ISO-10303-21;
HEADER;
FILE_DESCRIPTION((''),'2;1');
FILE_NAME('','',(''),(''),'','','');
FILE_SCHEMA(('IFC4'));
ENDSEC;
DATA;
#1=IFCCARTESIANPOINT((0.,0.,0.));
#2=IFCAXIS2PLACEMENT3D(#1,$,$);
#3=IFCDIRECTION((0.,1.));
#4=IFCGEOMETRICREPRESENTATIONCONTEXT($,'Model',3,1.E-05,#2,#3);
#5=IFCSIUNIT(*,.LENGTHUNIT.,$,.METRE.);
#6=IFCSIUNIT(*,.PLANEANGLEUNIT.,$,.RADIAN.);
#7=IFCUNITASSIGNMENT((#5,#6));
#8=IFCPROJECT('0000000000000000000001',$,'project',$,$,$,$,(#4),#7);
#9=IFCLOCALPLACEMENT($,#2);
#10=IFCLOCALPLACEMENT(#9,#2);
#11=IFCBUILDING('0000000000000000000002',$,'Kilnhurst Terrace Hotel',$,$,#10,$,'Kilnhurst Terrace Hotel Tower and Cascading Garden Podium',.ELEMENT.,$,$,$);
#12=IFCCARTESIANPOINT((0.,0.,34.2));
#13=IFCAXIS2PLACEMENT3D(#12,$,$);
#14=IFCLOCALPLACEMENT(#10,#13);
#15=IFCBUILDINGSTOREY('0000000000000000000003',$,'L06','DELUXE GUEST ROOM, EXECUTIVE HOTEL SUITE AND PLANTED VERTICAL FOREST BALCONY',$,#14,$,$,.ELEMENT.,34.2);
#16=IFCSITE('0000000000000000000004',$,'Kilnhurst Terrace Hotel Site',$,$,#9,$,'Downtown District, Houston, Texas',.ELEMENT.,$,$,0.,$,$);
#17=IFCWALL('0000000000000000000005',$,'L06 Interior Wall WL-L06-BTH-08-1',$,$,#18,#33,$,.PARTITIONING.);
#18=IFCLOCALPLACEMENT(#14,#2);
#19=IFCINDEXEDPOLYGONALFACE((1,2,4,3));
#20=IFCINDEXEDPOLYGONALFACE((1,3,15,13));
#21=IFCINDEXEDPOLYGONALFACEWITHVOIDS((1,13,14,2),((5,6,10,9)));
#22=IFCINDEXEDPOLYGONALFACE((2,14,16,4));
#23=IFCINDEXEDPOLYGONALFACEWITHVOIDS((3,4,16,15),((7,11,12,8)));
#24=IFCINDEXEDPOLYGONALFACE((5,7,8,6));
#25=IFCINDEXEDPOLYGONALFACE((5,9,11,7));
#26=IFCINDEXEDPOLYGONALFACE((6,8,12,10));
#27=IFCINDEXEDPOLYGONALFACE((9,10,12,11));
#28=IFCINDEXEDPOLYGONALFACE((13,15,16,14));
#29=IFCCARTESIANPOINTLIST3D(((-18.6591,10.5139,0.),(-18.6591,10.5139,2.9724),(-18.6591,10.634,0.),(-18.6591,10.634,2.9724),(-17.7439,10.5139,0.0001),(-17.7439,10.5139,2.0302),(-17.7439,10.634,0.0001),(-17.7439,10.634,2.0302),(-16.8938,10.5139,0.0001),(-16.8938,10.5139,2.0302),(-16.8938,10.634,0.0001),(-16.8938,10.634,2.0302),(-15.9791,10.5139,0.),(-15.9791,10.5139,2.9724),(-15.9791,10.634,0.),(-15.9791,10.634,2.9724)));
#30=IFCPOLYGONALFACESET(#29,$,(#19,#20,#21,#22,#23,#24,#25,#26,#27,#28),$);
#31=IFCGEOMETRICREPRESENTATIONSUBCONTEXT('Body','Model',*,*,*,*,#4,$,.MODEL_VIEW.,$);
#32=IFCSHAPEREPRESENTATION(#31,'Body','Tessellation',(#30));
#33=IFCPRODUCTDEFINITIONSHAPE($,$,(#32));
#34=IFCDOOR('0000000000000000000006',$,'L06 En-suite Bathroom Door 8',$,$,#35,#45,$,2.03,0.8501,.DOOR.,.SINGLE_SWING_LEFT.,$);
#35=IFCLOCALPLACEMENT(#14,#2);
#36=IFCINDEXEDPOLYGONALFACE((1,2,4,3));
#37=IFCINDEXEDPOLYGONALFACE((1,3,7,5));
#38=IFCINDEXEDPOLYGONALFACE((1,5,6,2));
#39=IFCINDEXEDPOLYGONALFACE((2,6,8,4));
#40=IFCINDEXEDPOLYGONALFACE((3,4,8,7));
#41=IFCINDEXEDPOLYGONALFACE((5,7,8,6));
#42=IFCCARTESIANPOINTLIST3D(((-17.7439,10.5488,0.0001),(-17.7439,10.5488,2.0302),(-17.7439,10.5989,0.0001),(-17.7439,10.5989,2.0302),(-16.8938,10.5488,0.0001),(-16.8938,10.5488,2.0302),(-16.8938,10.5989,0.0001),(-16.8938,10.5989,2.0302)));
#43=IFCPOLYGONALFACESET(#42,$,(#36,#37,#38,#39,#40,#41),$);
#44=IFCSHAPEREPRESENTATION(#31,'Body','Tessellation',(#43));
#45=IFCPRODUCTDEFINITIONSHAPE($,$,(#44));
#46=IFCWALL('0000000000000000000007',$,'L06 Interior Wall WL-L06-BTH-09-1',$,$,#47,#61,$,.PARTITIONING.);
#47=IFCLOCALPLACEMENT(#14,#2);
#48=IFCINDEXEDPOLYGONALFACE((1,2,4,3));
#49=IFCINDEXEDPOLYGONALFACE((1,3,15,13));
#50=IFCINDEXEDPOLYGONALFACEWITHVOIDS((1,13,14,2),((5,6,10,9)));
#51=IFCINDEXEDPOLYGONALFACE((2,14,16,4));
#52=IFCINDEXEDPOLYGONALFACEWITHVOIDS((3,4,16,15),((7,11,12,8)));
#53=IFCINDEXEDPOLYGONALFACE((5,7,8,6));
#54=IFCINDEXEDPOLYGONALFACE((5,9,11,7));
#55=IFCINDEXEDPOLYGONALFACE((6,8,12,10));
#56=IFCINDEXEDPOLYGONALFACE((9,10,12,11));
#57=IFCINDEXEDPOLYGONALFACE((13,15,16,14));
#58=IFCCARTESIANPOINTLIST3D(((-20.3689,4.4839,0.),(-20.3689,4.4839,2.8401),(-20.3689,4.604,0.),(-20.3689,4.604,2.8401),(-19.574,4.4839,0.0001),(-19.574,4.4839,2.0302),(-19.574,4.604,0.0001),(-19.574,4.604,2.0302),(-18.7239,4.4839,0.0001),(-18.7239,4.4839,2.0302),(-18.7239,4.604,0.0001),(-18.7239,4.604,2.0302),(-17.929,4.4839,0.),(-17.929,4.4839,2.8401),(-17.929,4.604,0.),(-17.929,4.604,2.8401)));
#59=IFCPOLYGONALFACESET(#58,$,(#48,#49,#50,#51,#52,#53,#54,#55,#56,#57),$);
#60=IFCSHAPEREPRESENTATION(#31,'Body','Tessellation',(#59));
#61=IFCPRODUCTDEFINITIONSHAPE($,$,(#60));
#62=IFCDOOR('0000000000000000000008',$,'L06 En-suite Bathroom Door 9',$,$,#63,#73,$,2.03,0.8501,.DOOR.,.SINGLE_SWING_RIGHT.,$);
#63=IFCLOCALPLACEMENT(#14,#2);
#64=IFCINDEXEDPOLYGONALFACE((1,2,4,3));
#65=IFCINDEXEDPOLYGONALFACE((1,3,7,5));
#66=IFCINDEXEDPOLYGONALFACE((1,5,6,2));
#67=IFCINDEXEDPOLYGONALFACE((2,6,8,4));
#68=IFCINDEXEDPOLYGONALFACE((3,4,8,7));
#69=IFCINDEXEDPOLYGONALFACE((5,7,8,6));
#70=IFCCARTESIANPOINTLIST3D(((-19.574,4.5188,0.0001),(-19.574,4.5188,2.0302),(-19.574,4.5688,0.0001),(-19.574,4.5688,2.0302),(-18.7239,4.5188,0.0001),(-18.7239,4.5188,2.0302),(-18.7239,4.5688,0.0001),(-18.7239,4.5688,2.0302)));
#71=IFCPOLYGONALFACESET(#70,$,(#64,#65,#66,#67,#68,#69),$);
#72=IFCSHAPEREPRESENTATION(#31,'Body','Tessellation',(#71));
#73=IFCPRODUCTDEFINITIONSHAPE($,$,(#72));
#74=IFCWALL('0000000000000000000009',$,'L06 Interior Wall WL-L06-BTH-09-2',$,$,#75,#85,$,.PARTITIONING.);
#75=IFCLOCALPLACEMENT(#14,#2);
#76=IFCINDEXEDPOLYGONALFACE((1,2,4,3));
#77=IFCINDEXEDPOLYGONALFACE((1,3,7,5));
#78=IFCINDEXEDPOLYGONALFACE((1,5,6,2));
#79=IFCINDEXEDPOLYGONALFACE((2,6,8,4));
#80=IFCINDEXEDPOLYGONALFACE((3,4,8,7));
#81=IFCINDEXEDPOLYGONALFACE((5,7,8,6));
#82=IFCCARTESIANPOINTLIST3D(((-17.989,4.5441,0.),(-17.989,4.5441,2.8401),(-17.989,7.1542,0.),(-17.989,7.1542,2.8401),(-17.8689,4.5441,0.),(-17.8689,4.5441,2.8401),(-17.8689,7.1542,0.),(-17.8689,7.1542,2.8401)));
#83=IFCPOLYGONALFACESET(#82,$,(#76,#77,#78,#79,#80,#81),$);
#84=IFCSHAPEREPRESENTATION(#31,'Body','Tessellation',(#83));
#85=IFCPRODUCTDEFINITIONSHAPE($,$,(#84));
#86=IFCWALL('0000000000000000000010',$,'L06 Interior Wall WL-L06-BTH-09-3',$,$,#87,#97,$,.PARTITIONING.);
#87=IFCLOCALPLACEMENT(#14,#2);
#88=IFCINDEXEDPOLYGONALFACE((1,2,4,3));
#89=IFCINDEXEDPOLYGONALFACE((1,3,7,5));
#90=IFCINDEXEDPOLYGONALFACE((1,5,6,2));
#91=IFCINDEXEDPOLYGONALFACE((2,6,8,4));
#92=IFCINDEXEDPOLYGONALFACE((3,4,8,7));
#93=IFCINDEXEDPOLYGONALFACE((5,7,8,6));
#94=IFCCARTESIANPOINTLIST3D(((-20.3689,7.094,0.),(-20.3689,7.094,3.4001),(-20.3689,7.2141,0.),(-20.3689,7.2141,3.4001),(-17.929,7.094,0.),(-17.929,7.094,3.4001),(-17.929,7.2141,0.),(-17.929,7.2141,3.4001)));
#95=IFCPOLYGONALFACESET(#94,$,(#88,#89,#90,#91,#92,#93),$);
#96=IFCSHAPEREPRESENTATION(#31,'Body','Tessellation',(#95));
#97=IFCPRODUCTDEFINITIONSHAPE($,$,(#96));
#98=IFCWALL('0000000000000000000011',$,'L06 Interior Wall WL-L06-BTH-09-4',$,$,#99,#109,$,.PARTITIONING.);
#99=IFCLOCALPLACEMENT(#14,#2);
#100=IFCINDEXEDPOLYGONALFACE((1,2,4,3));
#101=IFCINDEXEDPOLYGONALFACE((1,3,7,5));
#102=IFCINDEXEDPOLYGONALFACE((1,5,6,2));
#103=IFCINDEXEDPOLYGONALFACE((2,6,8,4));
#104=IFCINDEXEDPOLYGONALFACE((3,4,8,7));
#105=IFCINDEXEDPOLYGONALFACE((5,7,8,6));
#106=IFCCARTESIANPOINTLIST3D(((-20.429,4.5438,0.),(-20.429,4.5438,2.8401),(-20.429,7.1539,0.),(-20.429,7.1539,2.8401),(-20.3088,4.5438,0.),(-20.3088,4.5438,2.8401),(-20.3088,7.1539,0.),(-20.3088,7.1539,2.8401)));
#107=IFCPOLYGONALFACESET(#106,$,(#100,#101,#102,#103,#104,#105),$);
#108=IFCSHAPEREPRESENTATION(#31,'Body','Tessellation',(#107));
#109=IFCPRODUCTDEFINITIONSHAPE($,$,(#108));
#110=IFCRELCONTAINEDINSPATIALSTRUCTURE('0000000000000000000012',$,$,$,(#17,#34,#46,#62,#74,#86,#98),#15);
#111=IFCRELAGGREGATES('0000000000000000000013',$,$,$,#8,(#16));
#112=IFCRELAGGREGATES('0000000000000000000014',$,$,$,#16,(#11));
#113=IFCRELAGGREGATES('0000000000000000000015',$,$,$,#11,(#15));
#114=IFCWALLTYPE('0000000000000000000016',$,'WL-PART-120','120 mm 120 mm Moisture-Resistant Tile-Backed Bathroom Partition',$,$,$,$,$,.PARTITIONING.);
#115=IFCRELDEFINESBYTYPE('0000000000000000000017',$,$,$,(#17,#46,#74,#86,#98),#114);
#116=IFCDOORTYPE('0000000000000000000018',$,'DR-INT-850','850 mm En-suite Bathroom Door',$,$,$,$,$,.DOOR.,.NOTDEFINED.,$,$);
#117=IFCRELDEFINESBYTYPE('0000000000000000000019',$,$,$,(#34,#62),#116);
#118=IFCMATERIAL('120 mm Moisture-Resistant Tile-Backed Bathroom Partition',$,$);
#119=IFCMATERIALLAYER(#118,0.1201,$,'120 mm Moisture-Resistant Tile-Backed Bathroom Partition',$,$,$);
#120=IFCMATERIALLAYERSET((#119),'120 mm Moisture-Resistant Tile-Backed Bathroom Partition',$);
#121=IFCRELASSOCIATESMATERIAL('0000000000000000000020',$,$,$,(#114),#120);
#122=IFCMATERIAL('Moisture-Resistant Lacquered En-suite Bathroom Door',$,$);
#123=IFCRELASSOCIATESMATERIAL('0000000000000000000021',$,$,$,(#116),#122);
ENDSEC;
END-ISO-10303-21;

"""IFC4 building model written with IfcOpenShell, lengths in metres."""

from ifc_helpers import new_model, si_unit, direction, frame, frame_2d, origin, place, context, subcontext, project, spatial, rectangle, extrude, material, layer, layer_set, type_object, element, fill, save


model = new_model("IFC4")

# Units and contexts
model_context = context("Model", 3, precision=1e-05, world=origin(), true_north=direction((0.0, 1.0)))
body_context = subcontext(model_context, "Body", "Model", "MODEL_VIEW")
ifc_project = project(units=[si_unit("LENGTHUNIT", "METRE"), si_unit("PLANEANGLEUNIT", "RADIAN")], contexts=[model_context])

# Site, building, storey
site_placement = place(None, origin())
site = spatial("IfcSite", under=ifc_project, at=site_placement, Name="Kilnhurst Terrace Hotel Site", LongName="Downtown District, Houston, Texas", CompositionType="ELEMENT", RefElevation=0.0)
building_placement = place(site_placement, origin())
building = spatial("IfcBuilding", under=site, at=building_placement, Name="Kilnhurst Terrace Hotel", LongName="Kilnhurst Terrace Hotel Tower and Cascading Garden Podium", CompositionType="ELEMENT")
storey_placement = place(building_placement, frame((0.0, 0.0, 34.2)))
storey = spatial("IfcBuildingStorey", under=building, at=storey_placement, Name="L06", Description="DELUXE GUEST ROOM, EXECUTIVE HOTEL SUITE AND PLANTED VERTICAL FOREST BALCONY", CompositionType="ELEMENT", Elevation=34.2)

# Walls, openings, doors
ifc_material_1 = material(Name="120 mm Moisture-Resistant Tile-Backed Bathroom Partition")
ifc_layer_1 = layer(ifc_material_1, 0.1201, Name="120 mm Moisture-Resistant Tile-Backed Bathroom Partition")
ifc_layer_set_1 = layer_set([ifc_layer_1], Name="120 mm Moisture-Resistant Tile-Backed Bathroom Partition")
wall_type_1 = type_object("IfcWallType", Name="WL-PART-120", Description="120 mm 120 mm Moisture-Resistant Tile-Backed Bathroom Partition", PredefinedType="PARTITIONING", material=ifc_layer_set_1)
wall_1_placement = place(storey_placement, frame((-18.6589, 10.574, 0.0), z_axis=(0.0, 0.0, 1.0), x_axis=(1.0, 0.0, 0.0)))
wall_1 = element("IfcWall", 1, at=wall_1_placement, inside=storey, type_object=wall_type_1, Name="L06 Interior Wall WL-L06-BTH-08-1", PredefinedType="PARTITIONING", context=body_context, shape_type="SweptSolid", body=[
    extrude(rectangle(XDim=2.6799, YDim=0.1201, at=frame_2d((1.3398, 0.0))), origin(), (0.0, 0.0, 1.0), 2.9724),
])
opening_1_placement = place(wall_1_placement, frame((0.915, 0.0, 0.0)))
opening_1 = element("IfcOpeningElement", 2, at=opening_1_placement, cuts=wall_1, PredefinedType="OPENING", context=body_context, shape_type="SweptSolid", body=[
    extrude(rectangle(XDim=0.8501, YDim=2.03, at=frame_2d((0.425, 1.0151))), frame((0.0, 0.0701, 0.0), z_axis=(0.0, -1.0, 0.0), x_axis=(1.0, 0.0, 0.0)), (0.0, 0.0, 1.0), 0.1401),
])
ifc_material_2 = material(Name="Moisture-Resistant Lacquered En-suite Bathroom Door")
door_type_1 = type_object("IfcDoorType", Name="DR-INT-850", Description="850 mm En-suite Bathroom Door", OperationType="NOTDEFINED", PredefinedType="DOOR", material=ifc_material_2)
door_1_placement = place(opening_1_placement, origin())
door_1 = element("IfcDoor", 3, at=door_1_placement, inside=storey, type_object=door_type_1, Name="L06 En-suite Bathroom Door 8", OperationType="SINGLE_SWING_LEFT", OverallHeight=2.03, OverallWidth=0.8501, PredefinedType="DOOR", context=body_context, shape_type="SweptSolid", body=[
    extrude(rectangle(XDim=0.8501, YDim=2.03, at=frame_2d((0.425, 1.0151))), frame((0.0, 0.0249, 0.0), z_axis=(0.0, -1.0, 0.0), x_axis=(1.0, 0.0, 0.0)), (0.0, 0.0, 1.0), 0.05),
])
fill(opening_1, door_1)
wall_2_placement = place(storey_placement, frame((-20.3689, 4.5439, 0.0), z_axis=(0.0, 0.0, 1.0), x_axis=(1.0, 0.0, 0.0)))
wall_2 = element("IfcWall", 4, at=wall_2_placement, inside=storey, type_object=wall_type_1, Name="L06 Interior Wall WL-L06-BTH-09-1", PredefinedType="PARTITIONING", context=body_context, shape_type="SweptSolid", body=[
    extrude(rectangle(XDim=2.4399, YDim=0.1201, at=frame_2d((1.22, 0.0))), origin(), (0.0, 0.0, 1.0), 2.8401),
])
opening_2_placement = place(wall_2_placement, frame((0.7949, 0.0, 0.0)))
opening_2 = element("IfcOpeningElement", 5, at=opening_2_placement, cuts=wall_2, PredefinedType="OPENING", context=body_context, shape_type="SweptSolid", body=[
    extrude(rectangle(XDim=0.8501, YDim=2.03, at=frame_2d((0.425, 1.0151))), frame((0.0, 0.0701, 0.0), z_axis=(0.0, -1.0, 0.0), x_axis=(1.0, 0.0, 0.0)), (0.0, 0.0, 1.0), 0.1401),
])
door_2_placement = place(opening_2_placement, origin())
door_2 = element("IfcDoor", 6, at=door_2_placement, inside=storey, type_object=door_type_1, Name="L06 En-suite Bathroom Door 9", OperationType="SINGLE_SWING_RIGHT", OverallHeight=2.03, OverallWidth=0.8501, PredefinedType="DOOR", context=body_context, shape_type="SweptSolid", body=[
    extrude(rectangle(XDim=0.8501, YDim=2.03, at=frame_2d((0.425, 1.0151))), frame((0.0, 0.0249, 0.0), z_axis=(0.0, -1.0, 0.0), x_axis=(1.0, 0.0, 0.0)), (0.0, 0.0, 1.0), 0.05),
])
fill(opening_2, door_2)

# Walls
wall_3_placement = place(storey_placement, frame((-17.929, 4.5439, 0.0), z_axis=(0.0, 0.0, 1.0), x_axis=(0.0, 1.0, 0.0)))
element("IfcWall", 7, at=wall_3_placement, inside=storey, type_object=wall_type_1, Name="L06 Interior Wall WL-L06-BTH-09-2", PredefinedType="PARTITIONING", context=body_context, shape_type="SweptSolid", body=[
    extrude(rectangle(XDim=2.6101, YDim=0.1201, at=frame_2d((1.3052, 0.0))), origin(), (0.0, 0.0, 1.0), 2.8401),
])
wall_4_placement = place(storey_placement, frame((-17.929, 7.1541, 0.0), z_axis=(0.0, 0.0, 1.0), x_axis=(-1.0, 0.0, 0.0)))
element("IfcWall", 8, at=wall_4_placement, inside=storey, type_object=wall_type_1, Name="L06 Interior Wall WL-L06-BTH-09-3", PredefinedType="PARTITIONING", context=body_context, shape_type="SweptSolid", body=[
    extrude(rectangle(XDim=2.4399, YDim=0.1201, at=frame_2d((1.22, 0.0))), origin(), (0.0, 0.0, 1.0), 3.4001),
])
wall_5_placement = place(storey_placement, frame((-20.3689, 7.1541, 0.0), z_axis=(0.0, 0.0, 1.0), x_axis=(0.0, -1.0, 0.0)))
element("IfcWall", 9, at=wall_5_placement, inside=storey, type_object=wall_type_1, Name="L06 Interior Wall WL-L06-BTH-09-4", PredefinedType="PARTITIONING", context=body_context, shape_type="SweptSolid", body=[
    extrude(rectangle(XDim=2.6101, YDim=0.1201, at=frame_2d((1.3052, 0.0))), origin(), (0.0, 0.0, 1.0), 2.8401),
])

save(model, "model.ifc")
